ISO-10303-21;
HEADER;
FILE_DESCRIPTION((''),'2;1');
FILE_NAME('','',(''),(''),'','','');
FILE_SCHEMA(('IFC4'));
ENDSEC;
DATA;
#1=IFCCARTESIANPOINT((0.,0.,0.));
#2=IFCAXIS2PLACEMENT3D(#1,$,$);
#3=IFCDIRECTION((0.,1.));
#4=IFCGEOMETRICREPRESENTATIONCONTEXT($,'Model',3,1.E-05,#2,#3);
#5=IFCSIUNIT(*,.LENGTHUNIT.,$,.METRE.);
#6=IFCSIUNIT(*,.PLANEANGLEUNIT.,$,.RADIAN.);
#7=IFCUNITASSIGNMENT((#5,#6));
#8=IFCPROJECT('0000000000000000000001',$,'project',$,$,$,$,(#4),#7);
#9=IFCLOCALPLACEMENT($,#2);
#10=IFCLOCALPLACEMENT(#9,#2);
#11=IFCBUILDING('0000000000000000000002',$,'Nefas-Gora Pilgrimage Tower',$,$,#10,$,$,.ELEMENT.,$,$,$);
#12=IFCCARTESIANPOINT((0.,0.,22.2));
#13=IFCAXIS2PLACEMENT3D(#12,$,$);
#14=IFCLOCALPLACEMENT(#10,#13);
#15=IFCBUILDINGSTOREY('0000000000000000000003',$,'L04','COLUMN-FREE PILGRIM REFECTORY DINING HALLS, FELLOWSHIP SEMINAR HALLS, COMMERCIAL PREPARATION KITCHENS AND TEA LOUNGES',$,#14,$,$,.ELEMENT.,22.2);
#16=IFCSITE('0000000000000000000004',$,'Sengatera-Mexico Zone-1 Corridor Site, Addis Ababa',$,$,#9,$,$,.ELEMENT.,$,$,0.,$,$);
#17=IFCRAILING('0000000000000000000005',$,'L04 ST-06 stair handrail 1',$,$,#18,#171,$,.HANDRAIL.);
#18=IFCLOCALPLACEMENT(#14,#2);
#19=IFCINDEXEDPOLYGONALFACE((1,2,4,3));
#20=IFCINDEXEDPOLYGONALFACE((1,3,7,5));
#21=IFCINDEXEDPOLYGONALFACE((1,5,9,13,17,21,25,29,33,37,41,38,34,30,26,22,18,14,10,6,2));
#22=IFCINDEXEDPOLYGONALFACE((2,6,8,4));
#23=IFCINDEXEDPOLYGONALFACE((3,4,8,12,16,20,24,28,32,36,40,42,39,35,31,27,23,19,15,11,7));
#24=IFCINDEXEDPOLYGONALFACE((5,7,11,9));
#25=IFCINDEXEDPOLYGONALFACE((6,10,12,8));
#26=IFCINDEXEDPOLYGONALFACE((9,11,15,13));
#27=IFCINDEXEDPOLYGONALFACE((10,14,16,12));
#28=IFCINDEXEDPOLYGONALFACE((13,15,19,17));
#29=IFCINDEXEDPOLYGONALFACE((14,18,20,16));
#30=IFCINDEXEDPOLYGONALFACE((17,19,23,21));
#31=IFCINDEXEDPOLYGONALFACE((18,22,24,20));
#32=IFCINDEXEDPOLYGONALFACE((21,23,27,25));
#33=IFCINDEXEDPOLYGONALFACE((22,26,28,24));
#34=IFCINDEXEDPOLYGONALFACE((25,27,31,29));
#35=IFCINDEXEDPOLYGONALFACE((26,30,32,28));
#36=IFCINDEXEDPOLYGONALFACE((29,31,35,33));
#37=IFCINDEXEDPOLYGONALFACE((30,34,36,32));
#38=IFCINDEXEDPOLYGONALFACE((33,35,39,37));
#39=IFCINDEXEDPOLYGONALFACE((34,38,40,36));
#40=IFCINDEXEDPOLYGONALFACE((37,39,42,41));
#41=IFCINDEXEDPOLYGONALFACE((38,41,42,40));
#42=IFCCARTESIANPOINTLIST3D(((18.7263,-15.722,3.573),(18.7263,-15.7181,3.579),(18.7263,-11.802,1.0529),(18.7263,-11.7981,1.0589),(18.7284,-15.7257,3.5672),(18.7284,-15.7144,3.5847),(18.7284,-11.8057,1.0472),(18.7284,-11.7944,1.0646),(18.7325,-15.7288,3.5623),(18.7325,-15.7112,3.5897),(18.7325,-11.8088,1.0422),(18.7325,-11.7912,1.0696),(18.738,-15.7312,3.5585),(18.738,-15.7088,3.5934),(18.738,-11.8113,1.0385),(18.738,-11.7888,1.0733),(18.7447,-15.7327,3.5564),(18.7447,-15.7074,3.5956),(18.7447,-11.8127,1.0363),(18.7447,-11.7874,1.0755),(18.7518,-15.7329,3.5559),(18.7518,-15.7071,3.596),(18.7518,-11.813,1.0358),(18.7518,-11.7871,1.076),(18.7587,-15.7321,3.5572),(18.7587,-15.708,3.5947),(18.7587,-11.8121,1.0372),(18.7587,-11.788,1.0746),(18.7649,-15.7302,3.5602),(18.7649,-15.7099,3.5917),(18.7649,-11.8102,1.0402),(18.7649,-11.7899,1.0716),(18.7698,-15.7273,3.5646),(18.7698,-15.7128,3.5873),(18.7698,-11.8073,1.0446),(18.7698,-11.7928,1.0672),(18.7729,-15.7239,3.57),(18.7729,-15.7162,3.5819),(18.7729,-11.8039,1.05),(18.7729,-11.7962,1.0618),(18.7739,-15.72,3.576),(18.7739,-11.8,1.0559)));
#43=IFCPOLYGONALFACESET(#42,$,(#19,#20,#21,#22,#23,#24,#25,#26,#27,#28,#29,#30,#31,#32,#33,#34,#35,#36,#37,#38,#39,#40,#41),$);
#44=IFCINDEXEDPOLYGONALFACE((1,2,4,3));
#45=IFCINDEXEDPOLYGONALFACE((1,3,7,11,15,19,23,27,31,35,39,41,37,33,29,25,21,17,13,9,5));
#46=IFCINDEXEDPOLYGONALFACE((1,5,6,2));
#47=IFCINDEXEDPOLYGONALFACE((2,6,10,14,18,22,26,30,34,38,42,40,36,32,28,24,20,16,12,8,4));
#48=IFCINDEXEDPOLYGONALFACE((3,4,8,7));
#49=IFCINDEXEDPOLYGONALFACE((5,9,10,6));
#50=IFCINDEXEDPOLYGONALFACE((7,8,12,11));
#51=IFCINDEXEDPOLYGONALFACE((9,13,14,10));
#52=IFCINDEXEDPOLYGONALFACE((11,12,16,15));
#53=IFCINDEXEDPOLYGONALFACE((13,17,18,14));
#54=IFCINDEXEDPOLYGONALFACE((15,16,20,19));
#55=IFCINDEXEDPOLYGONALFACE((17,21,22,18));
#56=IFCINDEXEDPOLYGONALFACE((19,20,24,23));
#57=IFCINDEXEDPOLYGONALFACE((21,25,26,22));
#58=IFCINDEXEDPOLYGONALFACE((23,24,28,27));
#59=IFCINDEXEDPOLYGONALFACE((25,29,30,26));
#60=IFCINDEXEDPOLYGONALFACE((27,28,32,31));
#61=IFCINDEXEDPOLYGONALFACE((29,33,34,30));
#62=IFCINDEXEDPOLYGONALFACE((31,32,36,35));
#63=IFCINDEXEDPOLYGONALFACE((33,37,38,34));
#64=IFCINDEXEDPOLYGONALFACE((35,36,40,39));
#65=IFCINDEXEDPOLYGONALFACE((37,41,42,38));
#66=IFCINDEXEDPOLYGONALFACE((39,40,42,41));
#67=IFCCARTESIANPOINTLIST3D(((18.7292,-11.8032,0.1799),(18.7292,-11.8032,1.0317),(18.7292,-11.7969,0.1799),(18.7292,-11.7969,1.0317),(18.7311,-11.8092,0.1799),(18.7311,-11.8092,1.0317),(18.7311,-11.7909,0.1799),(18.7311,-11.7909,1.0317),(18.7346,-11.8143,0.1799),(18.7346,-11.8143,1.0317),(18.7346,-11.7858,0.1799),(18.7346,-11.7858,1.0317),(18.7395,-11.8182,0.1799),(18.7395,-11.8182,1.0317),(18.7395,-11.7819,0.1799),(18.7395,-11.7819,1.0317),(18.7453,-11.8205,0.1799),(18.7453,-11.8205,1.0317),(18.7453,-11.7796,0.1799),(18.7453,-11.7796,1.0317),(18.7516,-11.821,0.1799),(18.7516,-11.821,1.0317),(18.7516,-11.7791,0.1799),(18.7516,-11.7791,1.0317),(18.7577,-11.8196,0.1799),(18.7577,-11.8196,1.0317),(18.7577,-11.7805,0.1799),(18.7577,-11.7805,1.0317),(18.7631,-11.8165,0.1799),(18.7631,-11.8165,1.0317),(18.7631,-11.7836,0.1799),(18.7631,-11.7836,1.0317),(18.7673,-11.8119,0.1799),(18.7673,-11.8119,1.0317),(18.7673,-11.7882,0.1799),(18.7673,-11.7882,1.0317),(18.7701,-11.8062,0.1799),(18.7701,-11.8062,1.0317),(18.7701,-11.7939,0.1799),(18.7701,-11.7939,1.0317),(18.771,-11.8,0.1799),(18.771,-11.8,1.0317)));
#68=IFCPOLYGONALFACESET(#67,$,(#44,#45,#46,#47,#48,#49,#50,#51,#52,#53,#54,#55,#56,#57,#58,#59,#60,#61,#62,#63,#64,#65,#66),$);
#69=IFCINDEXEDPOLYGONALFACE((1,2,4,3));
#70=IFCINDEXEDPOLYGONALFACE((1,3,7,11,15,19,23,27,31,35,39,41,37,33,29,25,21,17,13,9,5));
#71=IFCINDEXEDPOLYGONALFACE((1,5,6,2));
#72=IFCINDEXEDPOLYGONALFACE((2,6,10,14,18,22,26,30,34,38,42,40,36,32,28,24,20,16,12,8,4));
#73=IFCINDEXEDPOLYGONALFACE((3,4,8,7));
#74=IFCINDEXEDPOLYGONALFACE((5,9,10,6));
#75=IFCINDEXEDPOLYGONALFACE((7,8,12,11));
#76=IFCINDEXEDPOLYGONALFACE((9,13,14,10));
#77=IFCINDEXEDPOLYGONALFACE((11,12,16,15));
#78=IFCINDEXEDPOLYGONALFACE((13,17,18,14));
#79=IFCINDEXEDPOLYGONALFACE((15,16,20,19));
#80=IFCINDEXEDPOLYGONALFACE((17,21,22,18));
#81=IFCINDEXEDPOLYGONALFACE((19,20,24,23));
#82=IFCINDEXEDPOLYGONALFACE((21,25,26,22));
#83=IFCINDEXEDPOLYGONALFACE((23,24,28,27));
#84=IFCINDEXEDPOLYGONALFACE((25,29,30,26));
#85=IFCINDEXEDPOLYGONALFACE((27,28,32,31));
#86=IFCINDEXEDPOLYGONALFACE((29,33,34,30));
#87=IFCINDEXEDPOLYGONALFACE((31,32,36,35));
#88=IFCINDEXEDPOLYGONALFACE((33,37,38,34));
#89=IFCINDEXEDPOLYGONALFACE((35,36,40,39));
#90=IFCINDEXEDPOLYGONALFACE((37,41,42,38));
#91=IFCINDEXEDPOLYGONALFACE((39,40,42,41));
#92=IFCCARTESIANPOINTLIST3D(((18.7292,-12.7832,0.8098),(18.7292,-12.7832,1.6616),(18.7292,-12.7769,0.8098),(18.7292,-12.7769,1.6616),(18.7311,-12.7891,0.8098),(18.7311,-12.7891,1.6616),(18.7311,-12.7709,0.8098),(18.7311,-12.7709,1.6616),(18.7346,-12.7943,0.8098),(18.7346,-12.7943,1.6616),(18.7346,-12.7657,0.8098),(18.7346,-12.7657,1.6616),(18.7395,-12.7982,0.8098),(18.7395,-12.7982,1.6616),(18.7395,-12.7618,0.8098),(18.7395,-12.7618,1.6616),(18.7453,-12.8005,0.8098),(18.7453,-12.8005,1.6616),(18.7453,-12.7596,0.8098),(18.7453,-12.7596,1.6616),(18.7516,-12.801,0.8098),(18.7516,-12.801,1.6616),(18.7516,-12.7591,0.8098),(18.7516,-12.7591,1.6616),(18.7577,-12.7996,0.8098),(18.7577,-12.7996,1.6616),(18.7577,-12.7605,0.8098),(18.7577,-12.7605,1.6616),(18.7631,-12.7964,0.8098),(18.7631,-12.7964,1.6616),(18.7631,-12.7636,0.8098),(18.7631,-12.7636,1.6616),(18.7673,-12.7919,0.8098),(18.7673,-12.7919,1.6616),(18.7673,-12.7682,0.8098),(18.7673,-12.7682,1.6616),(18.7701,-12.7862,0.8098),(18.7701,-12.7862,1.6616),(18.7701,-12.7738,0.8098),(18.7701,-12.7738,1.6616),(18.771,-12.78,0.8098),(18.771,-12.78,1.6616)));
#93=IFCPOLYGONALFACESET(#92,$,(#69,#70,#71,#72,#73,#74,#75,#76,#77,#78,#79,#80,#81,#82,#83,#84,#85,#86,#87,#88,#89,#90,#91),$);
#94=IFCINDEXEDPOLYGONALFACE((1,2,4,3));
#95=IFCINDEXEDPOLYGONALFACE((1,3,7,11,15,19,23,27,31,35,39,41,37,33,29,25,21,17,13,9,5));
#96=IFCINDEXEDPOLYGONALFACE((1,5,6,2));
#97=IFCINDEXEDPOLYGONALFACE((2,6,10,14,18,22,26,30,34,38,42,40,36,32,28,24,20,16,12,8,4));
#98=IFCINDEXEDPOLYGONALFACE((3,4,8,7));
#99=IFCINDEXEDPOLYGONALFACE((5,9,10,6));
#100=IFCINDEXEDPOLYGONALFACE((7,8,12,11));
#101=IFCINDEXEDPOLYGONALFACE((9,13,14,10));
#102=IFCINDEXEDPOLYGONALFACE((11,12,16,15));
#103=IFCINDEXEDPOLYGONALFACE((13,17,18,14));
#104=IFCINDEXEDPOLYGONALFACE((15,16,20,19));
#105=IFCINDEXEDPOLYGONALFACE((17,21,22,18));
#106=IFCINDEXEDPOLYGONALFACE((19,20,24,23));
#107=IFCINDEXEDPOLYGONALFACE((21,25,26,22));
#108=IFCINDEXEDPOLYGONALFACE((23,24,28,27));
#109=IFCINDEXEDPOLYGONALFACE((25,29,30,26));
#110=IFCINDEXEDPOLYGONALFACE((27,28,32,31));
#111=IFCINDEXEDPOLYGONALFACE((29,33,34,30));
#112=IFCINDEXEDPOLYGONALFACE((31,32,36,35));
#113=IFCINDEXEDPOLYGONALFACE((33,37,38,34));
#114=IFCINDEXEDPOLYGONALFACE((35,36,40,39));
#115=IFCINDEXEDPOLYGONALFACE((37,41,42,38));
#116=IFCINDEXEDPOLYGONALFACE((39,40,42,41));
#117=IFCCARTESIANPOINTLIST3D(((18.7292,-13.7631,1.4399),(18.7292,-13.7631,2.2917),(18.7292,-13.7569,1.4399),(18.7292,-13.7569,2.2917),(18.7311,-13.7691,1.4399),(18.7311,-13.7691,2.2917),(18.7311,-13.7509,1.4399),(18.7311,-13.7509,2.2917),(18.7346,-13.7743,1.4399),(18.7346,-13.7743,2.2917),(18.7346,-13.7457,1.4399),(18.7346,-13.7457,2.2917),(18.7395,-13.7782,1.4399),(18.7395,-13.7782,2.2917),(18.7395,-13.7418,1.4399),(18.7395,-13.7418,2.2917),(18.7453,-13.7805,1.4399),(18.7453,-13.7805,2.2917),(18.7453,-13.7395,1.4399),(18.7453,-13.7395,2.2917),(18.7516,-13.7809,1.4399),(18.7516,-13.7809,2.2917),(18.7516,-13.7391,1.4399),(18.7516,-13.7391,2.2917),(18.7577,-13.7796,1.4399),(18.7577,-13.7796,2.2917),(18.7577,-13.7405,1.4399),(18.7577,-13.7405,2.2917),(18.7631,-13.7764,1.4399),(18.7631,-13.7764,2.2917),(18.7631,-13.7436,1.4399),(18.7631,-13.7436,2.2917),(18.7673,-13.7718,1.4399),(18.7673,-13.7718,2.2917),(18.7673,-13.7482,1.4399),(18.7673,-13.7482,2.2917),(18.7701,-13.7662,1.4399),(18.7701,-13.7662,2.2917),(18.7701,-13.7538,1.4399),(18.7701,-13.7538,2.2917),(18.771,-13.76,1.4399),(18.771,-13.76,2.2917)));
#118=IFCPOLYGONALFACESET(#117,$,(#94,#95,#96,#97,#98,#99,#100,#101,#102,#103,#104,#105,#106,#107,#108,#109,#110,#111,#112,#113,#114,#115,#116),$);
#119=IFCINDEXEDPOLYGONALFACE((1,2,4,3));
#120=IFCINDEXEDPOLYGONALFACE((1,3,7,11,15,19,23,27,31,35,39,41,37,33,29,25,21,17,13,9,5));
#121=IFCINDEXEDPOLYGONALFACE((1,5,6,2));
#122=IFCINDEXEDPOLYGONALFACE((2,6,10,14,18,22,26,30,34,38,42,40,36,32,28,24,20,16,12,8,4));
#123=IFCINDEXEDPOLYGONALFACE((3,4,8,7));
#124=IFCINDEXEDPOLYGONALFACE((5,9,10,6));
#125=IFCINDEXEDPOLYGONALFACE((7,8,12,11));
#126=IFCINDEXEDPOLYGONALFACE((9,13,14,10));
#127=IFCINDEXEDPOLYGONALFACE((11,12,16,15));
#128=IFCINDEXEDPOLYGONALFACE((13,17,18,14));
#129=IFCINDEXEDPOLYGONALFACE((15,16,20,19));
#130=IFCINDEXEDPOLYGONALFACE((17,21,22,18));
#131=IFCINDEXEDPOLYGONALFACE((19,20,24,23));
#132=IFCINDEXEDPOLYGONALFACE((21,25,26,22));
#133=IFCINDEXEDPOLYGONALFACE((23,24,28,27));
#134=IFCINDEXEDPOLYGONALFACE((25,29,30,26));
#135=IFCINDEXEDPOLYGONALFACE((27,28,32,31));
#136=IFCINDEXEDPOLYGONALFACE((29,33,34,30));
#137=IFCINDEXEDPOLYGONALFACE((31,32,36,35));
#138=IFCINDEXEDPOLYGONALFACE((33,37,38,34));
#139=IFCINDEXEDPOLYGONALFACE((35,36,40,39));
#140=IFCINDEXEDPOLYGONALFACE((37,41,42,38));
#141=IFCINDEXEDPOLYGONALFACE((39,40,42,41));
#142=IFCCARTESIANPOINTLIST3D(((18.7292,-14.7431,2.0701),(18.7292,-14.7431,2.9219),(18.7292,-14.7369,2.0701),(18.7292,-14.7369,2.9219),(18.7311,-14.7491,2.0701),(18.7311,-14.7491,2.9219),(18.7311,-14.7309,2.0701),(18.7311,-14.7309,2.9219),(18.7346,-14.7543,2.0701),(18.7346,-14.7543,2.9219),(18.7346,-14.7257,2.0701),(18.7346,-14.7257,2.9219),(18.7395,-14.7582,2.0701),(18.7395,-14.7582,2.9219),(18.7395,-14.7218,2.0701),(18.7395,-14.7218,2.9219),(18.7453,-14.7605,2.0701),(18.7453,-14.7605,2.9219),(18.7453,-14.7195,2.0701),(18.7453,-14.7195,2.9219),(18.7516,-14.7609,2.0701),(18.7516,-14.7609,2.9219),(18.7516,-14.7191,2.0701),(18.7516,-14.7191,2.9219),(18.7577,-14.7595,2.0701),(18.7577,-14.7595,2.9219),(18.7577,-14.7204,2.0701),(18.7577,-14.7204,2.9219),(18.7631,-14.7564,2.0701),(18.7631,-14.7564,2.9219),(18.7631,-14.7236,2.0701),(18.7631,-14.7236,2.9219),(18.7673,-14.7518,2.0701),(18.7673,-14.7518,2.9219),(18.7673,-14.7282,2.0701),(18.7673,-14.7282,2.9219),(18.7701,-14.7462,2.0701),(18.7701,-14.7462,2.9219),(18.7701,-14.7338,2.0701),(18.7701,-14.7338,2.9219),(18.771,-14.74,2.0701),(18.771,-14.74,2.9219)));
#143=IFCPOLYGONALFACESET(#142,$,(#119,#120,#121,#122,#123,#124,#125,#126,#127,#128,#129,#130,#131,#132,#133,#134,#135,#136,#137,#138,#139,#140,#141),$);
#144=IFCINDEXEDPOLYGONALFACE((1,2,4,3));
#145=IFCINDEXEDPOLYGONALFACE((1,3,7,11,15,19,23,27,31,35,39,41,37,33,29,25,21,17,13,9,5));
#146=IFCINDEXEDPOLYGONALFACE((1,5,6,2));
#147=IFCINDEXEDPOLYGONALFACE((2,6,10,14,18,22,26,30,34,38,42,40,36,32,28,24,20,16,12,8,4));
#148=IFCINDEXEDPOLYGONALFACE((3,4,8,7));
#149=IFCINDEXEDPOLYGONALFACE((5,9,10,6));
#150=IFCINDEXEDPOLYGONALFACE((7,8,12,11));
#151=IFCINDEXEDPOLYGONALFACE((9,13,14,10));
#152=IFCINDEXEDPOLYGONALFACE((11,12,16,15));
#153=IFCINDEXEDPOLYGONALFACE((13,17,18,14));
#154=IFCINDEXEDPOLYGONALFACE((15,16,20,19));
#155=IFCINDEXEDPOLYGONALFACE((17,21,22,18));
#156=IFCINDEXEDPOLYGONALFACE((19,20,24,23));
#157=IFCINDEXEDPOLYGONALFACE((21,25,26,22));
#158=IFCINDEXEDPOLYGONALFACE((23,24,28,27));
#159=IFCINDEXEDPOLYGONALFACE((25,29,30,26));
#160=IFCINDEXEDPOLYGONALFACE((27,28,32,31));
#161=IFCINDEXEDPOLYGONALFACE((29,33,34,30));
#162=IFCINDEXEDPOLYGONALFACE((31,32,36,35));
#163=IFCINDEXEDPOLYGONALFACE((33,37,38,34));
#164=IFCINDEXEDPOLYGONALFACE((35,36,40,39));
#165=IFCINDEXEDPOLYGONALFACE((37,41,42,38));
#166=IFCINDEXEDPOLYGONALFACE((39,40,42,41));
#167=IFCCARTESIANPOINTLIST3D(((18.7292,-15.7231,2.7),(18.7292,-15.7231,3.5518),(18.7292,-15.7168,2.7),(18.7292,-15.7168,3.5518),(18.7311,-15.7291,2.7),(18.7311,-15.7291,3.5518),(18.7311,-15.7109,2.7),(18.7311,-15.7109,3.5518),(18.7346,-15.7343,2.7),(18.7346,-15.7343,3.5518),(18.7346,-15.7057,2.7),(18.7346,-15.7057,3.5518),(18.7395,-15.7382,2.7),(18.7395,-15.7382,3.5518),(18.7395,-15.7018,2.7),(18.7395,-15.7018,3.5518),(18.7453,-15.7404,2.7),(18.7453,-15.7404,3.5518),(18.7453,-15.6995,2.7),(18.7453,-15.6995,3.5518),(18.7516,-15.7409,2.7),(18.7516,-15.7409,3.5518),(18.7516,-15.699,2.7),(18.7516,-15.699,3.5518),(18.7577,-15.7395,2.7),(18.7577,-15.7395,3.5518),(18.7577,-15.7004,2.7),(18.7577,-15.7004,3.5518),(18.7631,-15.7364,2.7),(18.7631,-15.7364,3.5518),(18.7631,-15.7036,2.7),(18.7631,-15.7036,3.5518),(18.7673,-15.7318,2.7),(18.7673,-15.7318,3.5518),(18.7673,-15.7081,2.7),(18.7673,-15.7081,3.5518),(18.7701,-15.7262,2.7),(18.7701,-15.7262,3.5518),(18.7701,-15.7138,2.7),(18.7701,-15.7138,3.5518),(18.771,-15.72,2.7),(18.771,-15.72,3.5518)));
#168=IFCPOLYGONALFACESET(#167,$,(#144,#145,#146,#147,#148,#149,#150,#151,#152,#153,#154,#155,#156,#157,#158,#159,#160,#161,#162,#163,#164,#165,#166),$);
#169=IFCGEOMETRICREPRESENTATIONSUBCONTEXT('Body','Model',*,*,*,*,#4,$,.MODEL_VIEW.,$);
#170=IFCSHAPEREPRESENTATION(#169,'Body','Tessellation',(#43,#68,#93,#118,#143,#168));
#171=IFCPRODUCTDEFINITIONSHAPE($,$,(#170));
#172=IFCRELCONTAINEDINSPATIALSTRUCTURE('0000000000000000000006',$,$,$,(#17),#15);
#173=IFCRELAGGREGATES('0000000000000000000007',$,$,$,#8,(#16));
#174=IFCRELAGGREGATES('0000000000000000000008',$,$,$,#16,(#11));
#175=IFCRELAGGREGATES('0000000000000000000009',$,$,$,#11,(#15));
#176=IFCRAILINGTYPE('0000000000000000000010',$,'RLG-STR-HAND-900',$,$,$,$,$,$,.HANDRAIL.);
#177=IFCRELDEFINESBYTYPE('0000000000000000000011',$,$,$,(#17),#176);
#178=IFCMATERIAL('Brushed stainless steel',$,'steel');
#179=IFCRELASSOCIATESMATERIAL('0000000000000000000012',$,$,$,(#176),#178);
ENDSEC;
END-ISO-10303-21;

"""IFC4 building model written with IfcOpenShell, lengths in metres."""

from ifc_helpers import new_model, si_unit, direction, frame, origin, origin_2d, place, context, subcontext, project, spatial, circle, extrude, material, type_object, element, save


model = new_model("IFC4")

# Units and contexts
model_context = context("Model", 3, precision=1e-05, world=origin(), true_north=direction((0.0, 1.0)))
body_context = subcontext(model_context, "Body", "Model", "MODEL_VIEW")
ifc_project = project(units=[si_unit("LENGTHUNIT", "METRE"), si_unit("PLANEANGLEUNIT", "RADIAN")], contexts=[model_context])

# Site, building, storey
site_placement = place(None, origin())
site = spatial("IfcSite", under=ifc_project, at=site_placement, Name="Sengatera-Mexico Zone-1 Corridor Site, Addis Ababa", CompositionType="ELEMENT", RefElevation=0.0)
building_placement = place(site_placement, origin())
building = spatial("IfcBuilding", under=site, at=building_placement, Name="Nefas-Gora Pilgrimage Tower", CompositionType="ELEMENT")
storey_placement = place(building_placement, frame((0.0, 0.0, 22.2)))
storey = spatial("IfcBuildingStorey", under=building, at=storey_placement, Name="L04", Description="COLUMN-FREE PILGRIM REFECTORY DINING HALLS, FELLOWSHIP SEMINAR HALLS, COMMERCIAL PREPARATION KITCHENS AND TEA LOUNGES", CompositionType="ELEMENT", Elevation=22.2)

# Railing
ifc_material_1 = material(Name="Brushed stainless steel", Category="steel")
railing_type_1 = type_object("IfcRailingType", Name="RLG-STR-HAND-900", PredefinedType="HANDRAIL", material=ifc_material_1)
railing_1_placement = place(storey_placement, frame((18.75, -11.8, 0.1799)))
element("IfcRailing", 1, at=railing_1_placement, inside=storey, type_object=railing_type_1, Name="L04 ST-06 stair handrail 1", PredefinedType="HANDRAIL", context=body_context, shape_type="SweptSolid", body=[
    extrude(circle(Radius=0.0239, at=origin_2d()), frame((0.0, 0.0, 0.876), z_axis=(0.0, -0.841172, 0.540768), x_axis=(1.0, 0.0, 0.0)), (0.0, 0.0, 1.0), 4.6602),
    extrude(circle(Radius=0.021, at=origin_2d()), origin(), (0.0, 0.0, 1.0), 0.8518),
    extrude(circle(Radius=0.021, at=origin_2d()), frame((0.0, -0.98, 0.6299)), (0.0, 0.0, 1.0), 0.8518),
    extrude(circle(Radius=0.021, at=origin_2d()), frame((0.0, -1.96, 1.26)), (0.0, 0.0, 1.0), 0.8518),
    extrude(circle(Radius=0.021, at=origin_2d()), frame((0.0, -2.9399, 1.8901)), (0.0, 0.0, 1.0), 0.8518),
    extrude(circle(Radius=0.021, at=origin_2d()), frame((0.0, -3.9199, 2.52)), (0.0, 0.0, 1.0), 0.8518),
])

save(model, "model.ifc")
